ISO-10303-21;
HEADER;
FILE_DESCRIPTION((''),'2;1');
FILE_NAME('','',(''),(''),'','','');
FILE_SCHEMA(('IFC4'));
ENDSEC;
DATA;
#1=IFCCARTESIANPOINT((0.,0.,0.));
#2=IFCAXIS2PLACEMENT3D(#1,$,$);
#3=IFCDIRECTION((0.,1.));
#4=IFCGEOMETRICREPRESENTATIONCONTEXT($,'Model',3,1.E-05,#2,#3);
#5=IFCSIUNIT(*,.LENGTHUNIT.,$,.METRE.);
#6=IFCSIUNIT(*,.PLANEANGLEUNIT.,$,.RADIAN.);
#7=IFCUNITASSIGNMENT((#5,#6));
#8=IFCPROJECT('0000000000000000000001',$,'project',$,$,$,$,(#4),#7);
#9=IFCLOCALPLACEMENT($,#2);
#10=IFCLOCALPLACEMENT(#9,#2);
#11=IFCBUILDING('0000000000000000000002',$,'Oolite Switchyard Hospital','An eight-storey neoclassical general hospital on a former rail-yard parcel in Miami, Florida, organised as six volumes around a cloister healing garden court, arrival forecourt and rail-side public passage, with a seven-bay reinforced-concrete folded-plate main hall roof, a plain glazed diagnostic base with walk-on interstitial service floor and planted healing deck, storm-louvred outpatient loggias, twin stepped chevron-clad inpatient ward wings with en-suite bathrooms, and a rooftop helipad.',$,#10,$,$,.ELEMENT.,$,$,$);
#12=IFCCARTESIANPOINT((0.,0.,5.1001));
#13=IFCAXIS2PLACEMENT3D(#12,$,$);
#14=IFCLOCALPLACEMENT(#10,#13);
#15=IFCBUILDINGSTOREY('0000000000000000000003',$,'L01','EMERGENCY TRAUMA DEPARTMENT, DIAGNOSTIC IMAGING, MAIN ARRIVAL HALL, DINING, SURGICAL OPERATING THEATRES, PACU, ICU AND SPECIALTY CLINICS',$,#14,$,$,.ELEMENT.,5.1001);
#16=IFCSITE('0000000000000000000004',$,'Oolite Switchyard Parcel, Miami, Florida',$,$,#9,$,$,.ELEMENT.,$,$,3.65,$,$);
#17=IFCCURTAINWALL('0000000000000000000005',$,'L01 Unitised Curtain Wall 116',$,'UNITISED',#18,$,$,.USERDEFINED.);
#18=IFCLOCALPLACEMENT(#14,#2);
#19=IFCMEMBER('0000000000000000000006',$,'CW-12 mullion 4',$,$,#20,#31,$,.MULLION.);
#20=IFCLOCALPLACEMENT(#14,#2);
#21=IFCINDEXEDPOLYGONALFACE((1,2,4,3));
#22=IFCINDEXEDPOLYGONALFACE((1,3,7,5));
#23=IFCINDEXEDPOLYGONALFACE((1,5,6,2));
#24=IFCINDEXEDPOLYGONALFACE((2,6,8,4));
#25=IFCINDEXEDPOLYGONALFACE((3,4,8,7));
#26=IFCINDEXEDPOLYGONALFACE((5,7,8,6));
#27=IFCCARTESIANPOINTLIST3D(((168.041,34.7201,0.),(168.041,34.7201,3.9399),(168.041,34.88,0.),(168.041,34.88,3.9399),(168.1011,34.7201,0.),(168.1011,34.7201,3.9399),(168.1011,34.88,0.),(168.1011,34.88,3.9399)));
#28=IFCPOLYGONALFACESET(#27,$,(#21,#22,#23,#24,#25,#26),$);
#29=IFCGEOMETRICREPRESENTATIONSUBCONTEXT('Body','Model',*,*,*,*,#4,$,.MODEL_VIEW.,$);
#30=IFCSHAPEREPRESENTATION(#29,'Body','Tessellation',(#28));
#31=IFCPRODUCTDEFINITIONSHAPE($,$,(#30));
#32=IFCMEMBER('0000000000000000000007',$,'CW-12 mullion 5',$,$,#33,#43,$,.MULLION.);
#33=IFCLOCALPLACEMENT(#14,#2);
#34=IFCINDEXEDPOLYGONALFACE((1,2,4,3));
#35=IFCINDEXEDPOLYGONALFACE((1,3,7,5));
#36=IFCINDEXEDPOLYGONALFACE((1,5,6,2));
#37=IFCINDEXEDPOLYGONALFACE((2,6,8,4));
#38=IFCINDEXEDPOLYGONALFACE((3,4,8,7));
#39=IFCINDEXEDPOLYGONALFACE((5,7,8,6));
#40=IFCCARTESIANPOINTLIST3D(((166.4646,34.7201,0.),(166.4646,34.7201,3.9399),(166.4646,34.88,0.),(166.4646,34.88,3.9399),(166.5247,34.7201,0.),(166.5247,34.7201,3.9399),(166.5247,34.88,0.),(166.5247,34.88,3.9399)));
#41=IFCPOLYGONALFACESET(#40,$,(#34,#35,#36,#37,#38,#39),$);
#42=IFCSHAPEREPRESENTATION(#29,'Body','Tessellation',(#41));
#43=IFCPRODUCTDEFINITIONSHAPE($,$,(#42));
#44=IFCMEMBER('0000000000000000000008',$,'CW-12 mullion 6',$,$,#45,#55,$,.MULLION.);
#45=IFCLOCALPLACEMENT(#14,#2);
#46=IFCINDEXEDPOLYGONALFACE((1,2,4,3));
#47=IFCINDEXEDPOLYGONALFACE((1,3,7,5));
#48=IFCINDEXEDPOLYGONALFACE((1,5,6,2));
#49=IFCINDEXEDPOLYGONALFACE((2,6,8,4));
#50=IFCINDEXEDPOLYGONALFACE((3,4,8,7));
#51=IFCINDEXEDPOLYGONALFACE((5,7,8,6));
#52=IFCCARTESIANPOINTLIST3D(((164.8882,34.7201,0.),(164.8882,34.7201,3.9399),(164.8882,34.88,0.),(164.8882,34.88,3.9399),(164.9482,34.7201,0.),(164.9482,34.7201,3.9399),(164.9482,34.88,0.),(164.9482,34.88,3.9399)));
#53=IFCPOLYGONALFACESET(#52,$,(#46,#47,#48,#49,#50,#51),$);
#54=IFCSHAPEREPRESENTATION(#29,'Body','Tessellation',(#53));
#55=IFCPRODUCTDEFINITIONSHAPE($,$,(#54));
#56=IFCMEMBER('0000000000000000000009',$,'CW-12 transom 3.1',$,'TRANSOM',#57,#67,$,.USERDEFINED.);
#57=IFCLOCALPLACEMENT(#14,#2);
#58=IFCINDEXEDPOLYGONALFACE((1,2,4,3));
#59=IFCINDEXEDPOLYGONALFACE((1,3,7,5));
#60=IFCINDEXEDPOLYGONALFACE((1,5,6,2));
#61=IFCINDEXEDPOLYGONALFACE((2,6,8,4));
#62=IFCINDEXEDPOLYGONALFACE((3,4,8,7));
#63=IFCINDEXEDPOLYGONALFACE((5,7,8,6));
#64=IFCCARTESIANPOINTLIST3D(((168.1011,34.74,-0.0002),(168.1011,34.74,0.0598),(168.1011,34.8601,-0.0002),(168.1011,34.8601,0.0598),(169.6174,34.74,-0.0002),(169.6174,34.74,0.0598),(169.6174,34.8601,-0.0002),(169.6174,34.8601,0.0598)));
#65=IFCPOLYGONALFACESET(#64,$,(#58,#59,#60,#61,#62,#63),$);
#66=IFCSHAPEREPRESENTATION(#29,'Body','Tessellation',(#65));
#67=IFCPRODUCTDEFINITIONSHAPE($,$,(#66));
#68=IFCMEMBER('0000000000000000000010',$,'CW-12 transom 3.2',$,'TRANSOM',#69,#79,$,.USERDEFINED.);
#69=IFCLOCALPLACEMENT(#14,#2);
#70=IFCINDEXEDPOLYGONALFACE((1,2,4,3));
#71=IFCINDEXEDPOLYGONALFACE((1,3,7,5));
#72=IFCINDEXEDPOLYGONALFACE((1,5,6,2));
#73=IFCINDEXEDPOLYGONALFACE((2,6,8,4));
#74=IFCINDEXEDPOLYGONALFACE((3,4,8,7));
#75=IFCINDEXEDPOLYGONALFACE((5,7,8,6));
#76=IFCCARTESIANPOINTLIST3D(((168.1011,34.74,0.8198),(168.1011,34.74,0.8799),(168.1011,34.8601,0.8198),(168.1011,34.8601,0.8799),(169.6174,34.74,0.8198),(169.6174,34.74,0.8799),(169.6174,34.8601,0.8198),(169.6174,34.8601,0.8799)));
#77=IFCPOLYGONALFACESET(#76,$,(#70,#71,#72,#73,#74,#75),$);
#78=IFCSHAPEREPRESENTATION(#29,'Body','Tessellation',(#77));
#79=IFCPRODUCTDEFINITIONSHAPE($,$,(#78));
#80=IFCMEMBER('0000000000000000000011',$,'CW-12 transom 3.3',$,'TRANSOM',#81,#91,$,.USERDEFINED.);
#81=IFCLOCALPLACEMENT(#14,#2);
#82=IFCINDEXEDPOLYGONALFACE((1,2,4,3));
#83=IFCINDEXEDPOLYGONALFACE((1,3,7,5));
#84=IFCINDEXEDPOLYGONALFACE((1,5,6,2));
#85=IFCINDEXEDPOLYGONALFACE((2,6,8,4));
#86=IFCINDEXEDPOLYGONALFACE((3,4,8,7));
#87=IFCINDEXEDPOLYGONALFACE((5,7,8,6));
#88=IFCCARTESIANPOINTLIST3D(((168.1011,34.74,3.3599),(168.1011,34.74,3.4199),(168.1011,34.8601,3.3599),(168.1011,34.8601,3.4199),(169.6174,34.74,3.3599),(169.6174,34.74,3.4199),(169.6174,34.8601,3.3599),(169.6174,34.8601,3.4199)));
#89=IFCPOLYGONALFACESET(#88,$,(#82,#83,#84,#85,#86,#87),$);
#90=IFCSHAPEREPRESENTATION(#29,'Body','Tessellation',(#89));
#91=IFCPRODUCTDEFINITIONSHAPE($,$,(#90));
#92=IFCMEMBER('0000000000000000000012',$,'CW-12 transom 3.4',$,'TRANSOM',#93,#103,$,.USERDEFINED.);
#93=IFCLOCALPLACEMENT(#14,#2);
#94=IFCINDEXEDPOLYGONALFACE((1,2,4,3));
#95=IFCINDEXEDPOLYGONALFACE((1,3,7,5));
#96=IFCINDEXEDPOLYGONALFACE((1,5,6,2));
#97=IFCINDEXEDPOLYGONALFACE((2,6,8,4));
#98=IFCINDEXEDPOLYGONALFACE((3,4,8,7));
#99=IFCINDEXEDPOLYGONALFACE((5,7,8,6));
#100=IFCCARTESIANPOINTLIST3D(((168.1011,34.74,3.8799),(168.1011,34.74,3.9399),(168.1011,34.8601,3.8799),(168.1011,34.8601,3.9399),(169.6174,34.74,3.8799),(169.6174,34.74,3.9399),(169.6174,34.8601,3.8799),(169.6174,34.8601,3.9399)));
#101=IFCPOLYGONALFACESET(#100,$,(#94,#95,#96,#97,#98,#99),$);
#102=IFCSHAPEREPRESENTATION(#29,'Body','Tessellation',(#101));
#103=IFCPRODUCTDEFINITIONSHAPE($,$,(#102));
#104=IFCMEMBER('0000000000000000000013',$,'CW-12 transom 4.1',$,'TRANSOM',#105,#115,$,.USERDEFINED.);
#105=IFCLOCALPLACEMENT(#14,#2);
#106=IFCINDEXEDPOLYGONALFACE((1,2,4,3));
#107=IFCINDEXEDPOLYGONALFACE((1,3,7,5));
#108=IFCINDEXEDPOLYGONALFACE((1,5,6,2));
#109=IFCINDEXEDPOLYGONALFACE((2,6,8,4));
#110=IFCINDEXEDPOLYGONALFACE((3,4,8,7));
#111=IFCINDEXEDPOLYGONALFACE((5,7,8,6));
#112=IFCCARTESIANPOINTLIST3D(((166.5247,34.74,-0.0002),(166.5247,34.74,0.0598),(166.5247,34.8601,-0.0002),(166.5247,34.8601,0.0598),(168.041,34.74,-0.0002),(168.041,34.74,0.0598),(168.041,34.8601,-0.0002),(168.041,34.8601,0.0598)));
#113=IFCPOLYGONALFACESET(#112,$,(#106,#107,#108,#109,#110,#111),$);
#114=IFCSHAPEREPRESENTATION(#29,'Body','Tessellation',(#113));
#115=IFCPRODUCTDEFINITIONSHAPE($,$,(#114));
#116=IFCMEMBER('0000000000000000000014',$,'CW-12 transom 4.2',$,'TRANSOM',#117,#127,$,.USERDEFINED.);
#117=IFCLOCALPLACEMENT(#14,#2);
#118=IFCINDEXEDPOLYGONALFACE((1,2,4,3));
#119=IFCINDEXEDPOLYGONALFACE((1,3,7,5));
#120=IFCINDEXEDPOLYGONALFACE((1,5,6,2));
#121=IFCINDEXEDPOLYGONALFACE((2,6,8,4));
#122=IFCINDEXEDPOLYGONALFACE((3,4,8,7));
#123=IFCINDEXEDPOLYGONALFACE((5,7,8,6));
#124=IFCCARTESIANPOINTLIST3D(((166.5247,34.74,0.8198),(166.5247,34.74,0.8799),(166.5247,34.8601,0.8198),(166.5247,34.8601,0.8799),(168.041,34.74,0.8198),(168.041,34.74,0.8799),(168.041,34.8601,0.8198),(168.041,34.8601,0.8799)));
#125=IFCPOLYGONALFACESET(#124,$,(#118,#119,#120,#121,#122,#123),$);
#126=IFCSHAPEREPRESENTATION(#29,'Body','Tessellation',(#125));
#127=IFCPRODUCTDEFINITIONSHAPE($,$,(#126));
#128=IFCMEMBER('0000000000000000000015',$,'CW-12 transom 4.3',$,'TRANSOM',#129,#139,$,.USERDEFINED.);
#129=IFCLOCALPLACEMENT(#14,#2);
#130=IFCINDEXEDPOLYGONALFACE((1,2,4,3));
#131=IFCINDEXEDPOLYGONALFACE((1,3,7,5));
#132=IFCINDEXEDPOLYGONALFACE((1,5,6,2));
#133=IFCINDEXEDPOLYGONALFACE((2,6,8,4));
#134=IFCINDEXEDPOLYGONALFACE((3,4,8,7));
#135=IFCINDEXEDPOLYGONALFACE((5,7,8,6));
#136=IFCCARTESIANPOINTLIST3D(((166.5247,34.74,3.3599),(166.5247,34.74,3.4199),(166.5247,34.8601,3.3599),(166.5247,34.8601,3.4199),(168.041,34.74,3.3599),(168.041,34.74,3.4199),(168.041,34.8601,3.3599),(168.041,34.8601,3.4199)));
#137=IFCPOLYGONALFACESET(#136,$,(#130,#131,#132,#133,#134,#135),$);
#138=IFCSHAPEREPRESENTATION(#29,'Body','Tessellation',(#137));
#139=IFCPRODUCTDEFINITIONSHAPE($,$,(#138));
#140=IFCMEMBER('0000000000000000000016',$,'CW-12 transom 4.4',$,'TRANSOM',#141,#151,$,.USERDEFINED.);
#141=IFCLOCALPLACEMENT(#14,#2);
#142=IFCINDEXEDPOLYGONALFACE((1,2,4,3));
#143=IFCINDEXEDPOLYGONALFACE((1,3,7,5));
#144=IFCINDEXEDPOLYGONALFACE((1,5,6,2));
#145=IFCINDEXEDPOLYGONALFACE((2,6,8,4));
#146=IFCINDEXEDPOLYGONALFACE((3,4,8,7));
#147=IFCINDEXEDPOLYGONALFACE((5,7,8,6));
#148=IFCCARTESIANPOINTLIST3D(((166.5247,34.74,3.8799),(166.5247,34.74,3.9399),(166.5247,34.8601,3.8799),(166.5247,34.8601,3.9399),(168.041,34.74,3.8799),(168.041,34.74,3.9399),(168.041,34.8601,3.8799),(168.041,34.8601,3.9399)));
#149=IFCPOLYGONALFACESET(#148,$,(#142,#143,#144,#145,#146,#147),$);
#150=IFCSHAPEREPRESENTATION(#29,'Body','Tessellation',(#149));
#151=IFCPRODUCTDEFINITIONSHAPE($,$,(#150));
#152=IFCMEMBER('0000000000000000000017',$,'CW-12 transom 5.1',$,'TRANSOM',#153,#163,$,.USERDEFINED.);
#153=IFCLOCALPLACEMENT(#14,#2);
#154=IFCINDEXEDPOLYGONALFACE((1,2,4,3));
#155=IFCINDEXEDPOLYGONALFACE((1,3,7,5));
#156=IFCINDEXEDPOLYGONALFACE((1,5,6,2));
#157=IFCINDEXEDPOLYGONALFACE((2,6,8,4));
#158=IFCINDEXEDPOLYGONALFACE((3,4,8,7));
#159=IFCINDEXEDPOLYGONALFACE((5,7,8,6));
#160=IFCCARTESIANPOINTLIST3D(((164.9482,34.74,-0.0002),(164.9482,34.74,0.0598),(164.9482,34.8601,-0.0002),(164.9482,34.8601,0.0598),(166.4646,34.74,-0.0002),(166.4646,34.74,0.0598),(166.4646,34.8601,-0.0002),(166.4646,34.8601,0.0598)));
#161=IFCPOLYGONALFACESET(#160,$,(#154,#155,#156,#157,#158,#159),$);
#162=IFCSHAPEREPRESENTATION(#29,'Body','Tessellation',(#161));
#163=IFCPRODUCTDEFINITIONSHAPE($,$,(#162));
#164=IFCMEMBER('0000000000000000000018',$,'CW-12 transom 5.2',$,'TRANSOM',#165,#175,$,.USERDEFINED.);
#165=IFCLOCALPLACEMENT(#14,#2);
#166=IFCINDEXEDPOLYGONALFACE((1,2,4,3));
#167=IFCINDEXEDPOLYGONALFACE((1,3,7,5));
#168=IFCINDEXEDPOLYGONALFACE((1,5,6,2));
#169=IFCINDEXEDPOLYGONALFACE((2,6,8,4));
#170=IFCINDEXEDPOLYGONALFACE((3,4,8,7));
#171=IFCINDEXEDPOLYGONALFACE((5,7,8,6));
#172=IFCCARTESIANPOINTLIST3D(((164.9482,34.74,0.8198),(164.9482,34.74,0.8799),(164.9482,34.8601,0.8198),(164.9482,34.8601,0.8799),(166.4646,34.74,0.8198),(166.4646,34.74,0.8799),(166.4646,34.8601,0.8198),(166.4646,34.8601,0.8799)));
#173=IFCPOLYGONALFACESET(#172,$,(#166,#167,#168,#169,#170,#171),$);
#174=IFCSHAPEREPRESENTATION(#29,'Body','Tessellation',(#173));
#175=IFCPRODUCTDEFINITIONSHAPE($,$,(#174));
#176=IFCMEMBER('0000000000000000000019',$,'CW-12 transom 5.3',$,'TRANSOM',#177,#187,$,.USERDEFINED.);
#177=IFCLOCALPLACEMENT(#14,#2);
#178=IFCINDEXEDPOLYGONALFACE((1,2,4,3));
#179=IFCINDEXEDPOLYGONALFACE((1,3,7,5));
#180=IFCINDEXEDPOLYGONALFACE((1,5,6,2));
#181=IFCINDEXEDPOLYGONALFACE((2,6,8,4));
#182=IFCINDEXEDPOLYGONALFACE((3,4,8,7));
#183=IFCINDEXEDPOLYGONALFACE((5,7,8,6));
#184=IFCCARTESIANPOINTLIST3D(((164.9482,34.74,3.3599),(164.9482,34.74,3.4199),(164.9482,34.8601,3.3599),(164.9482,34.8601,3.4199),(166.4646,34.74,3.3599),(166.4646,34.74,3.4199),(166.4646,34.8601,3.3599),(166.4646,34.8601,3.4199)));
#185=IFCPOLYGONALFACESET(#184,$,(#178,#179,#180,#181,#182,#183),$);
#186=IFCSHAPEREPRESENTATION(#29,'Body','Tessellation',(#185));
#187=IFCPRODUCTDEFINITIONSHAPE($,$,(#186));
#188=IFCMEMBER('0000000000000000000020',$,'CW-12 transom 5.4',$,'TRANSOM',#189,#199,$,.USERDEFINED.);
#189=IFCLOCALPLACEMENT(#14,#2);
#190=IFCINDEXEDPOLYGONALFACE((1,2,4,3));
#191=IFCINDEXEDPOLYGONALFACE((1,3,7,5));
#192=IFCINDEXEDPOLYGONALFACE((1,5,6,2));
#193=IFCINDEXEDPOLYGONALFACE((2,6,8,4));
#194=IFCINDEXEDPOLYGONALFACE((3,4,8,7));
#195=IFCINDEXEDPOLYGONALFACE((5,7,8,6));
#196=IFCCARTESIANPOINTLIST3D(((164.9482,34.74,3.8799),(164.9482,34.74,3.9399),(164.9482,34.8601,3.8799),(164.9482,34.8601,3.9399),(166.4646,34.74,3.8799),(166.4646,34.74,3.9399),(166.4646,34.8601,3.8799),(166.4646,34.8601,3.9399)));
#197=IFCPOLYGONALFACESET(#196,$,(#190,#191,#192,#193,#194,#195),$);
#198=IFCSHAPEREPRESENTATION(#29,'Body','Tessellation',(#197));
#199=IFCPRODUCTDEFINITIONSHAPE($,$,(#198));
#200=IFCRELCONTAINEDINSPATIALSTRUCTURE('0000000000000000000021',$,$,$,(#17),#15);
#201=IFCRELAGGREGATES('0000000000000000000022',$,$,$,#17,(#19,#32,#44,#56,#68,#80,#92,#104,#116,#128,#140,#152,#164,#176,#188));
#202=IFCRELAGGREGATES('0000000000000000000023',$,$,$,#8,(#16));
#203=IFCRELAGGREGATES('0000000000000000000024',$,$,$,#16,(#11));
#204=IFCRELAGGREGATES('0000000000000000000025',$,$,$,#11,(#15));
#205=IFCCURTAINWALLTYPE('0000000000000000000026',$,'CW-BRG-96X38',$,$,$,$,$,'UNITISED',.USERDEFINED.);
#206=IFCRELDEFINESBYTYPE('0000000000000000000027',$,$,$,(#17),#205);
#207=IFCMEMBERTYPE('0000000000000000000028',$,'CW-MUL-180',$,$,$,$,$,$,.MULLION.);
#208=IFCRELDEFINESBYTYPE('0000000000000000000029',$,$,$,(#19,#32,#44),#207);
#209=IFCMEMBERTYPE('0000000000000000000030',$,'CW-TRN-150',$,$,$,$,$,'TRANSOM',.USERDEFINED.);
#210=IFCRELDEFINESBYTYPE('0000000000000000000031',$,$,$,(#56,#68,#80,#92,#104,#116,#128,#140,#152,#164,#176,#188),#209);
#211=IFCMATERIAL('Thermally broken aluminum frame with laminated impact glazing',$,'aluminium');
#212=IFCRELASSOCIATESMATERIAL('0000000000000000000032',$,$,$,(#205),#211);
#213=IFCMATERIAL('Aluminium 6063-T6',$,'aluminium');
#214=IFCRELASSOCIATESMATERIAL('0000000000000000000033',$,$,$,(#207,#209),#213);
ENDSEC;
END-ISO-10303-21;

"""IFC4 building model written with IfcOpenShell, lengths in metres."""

from ifc_helpers import new_model, si_unit, direction, frame, origin, origin_2d, place, context, subcontext, project, spatial, rectangle, extrude, material, material_profile, profile_set, type_object, element, aggregate, save


model = new_model("IFC4")

# Units and contexts
model_context = context("Model", 3, precision=1e-05, world=origin(), true_north=direction((0.0, 1.0)))
body_context = subcontext(model_context, "Body", "Model", "MODEL_VIEW")
ifc_project = project(units=[si_unit("LENGTHUNIT", "METRE"), si_unit("PLANEANGLEUNIT", "RADIAN")], contexts=[model_context])

# Site, building, storey
site_placement = place(None, origin())
site = spatial("IfcSite", under=ifc_project, at=site_placement, Name="Oolite Switchyard Parcel, Miami, Florida", CompositionType="ELEMENT", RefElevation=3.65)
building_placement = place(site_placement, origin())
building = spatial("IfcBuilding", under=site, at=building_placement, Name="Oolite Switchyard Hospital", Description="An eight-storey neoclassical general hospital on a former rail-yard parcel in Miami, Florida, organised as six volumes around a cloister healing garden court, arrival forecourt and rail-side public passage, with a seven-bay reinforced-concrete folded-plate main hall roof, a plain glazed diagnostic base with walk-on interstitial service floor and planted healing deck, storm-louvred outpatient loggias, twin stepped chevron-clad inpatient ward wings with en-suite bathrooms, and a rooftop helipad.", CompositionType="ELEMENT")
storey_placement = place(building_placement, frame((0.0, 0.0, 5.1001)))
storey = spatial("IfcBuildingStorey", under=building, at=storey_placement, Name="L01", Description="EMERGENCY TRAUMA DEPARTMENT, DIAGNOSTIC IMAGING, MAIN ARRIVAL HALL, DINING, SURGICAL OPERATING THEATRES, PACU, ICU AND SPECIALTY CLINICS", CompositionType="ELEMENT", Elevation=5.1001)

# Curtain wall, members
ifc_material_1 = material(Name="Thermally broken aluminum frame with laminated impact glazing", Category="aluminium")
curtain_wall_type = type_object("IfcCurtainWallType", Name="CW-BRG-96X38", ElementType="UNITISED", PredefinedType="USERDEFINED", material=ifc_material_1)
curtain_wall_placement = place(storey_placement, origin())
curtain_wall = element("IfcCurtainWall", 1, at=curtain_wall_placement, inside=storey, type_object=curtain_wall_type, Name="L01 Unitised Curtain Wall 116", ObjectType="UNITISED", PredefinedType="USERDEFINED")
ifc_material_2 = material(Name="Aluminium 6063-T6", Category="aluminium")
ifc_material_profile_1 = material_profile(ifc_material_2, rectangle(XDim=0.1599, YDim=0.0601, at=origin_2d()), Name="CWM60X160")
ifc_profile_set_1 = profile_set([ifc_material_profile_1], Name="Aluminium 6063-T6")
member_type_1 = type_object("IfcMemberType", Name="CW-MUL-180", PredefinedType="MULLION", material=ifc_profile_set_1)
member_1_placement = place(storey_placement, frame((168.071, 34.8, 0.0), z_axis=(0.0, 0.0, 1.0), x_axis=(0.0, -1.0, 0.0)))
member_1 = element("IfcMember", 2, at=member_1_placement, type_object=member_type_1, Name="CW-12 mullion 4", PredefinedType="MULLION", context=body_context, shape_type="SweptSolid", body=[
    extrude(rectangle(XDim=0.1599, YDim=0.0601, at=origin_2d()), origin(), (0.0, 0.0, 1.0), 3.9399),
])
member_2_placement = place(storey_placement, frame((166.4946, 34.8, 0.0), z_axis=(0.0, 0.0, 1.0), x_axis=(0.0, -1.0, 0.0)))
member_2 = element("IfcMember", 3, at=member_2_placement, type_object=member_type_1, Name="CW-12 mullion 5", PredefinedType="MULLION", context=body_context, shape_type="SweptSolid", body=[
    extrude(rectangle(XDim=0.1599, YDim=0.0601, at=origin_2d()), origin(), (0.0, 0.0, 1.0), 3.9399),
])
member_3_placement = place(storey_placement, frame((164.9182, 34.8, 0.0), z_axis=(0.0, 0.0, 1.0), x_axis=(0.0, -1.0, 0.0)))
member_3 = element("IfcMember", 4, at=member_3_placement, type_object=member_type_1, Name="CW-12 mullion 6", PredefinedType="MULLION", context=body_context, shape_type="SweptSolid", body=[
    extrude(rectangle(XDim=0.1599, YDim=0.0601, at=origin_2d()), origin(), (0.0, 0.0, 1.0), 3.9399),
])
ifc_material_profile_2 = material_profile(ifc_material_2, rectangle(XDim=0.1201, YDim=0.0601, at=origin_2d()), Name="CWT60X120")
ifc_profile_set_2 = profile_set([ifc_material_profile_2], Name="Aluminium 6063-T6")
member_type_2 = type_object("IfcMemberType", Name="CW-TRN-150", ElementType="TRANSOM", PredefinedType="USERDEFINED", material=ifc_profile_set_2)
member_4_placement = place(storey_placement, frame((169.6174, 34.8, 0.0298), z_axis=(-1.0, 0.0, 0.0), x_axis=(0.0, -1.0, 0.0)))
member_4 = element("IfcMember", 5, at=member_4_placement, type_object=member_type_2, Name="CW-12 transom 3.1", ObjectType="TRANSOM", PredefinedType="USERDEFINED", context=body_context, shape_type="SweptSolid", body=[
    extrude(rectangle(XDim=0.1201, YDim=0.0601, at=origin_2d()), origin(), (0.0, 0.0, 1.0), 1.5164),
])
member_5_placement = place(storey_placement, frame((169.6174, 34.8, 0.8499), z_axis=(-1.0, 0.0, 0.0), x_axis=(0.0, -1.0, 0.0)))
member_5 = element("IfcMember", 6, at=member_5_placement, type_object=member_type_2, Name="CW-12 transom 3.2", ObjectType="TRANSOM", PredefinedType="USERDEFINED", context=body_context, shape_type="SweptSolid", body=[
    extrude(rectangle(XDim=0.1201, YDim=0.0601, at=origin_2d()), origin(), (0.0, 0.0, 1.0), 1.5164),
])
member_6_placement = place(storey_placement, frame((169.6174, 34.8, 3.3899), z_axis=(-1.0, 0.0, 0.0), x_axis=(0.0, -1.0, 0.0)))
member_6 = element("IfcMember", 7, at=member_6_placement, type_object=member_type_2, Name="CW-12 transom 3.3", ObjectType="TRANSOM", PredefinedType="USERDEFINED", context=body_context, shape_type="SweptSolid", body=[
    extrude(rectangle(XDim=0.1201, YDim=0.0601, at=origin_2d()), origin(), (0.0, 0.0, 1.0), 1.5164),
])
member_7_placement = place(storey_placement, frame((169.6174, 34.8, 3.9099), z_axis=(-1.0, 0.0, 0.0), x_axis=(0.0, -1.0, 0.0)))
member_7 = element("IfcMember", 8, at=member_7_placement, type_object=member_type_2, Name="CW-12 transom 3.4", ObjectType="TRANSOM", PredefinedType="USERDEFINED", context=body_context, shape_type="SweptSolid", body=[
    extrude(rectangle(XDim=0.1201, YDim=0.0601, at=origin_2d()), origin(), (0.0, 0.0, 1.0), 1.5164),
])
member_8_placement = place(storey_placement, frame((168.041, 34.8, 0.0298), z_axis=(-1.0, 0.0, 0.0), x_axis=(0.0, -1.0, 0.0)))
member_8 = element("IfcMember", 9, at=member_8_placement, type_object=member_type_2, Name="CW-12 transom 4.1", ObjectType="TRANSOM", PredefinedType="USERDEFINED", context=body_context, shape_type="SweptSolid", body=[
    extrude(rectangle(XDim=0.1201, YDim=0.0601, at=origin_2d()), origin(), (0.0, 0.0, 1.0), 1.5164),
])
member_9_placement = place(storey_placement, frame((168.041, 34.8, 0.8499), z_axis=(-1.0, 0.0, 0.0), x_axis=(0.0, -1.0, 0.0)))
member_9 = element("IfcMember", 10, at=member_9_placement, type_object=member_type_2, Name="CW-12 transom 4.2", ObjectType="TRANSOM", PredefinedType="USERDEFINED", context=body_context, shape_type="SweptSolid", body=[
    extrude(rectangle(XDim=0.1201, YDim=0.0601, at=origin_2d()), origin(), (0.0, 0.0, 1.0), 1.5164),
])
member_10_placement = place(storey_placement, frame((168.041, 34.8, 3.3899), z_axis=(-1.0, 0.0, 0.0), x_axis=(0.0, -1.0, 0.0)))
member_10 = element("IfcMember", 11, at=member_10_placement, type_object=member_type_2, Name="CW-12 transom 4.3", ObjectType="TRANSOM", PredefinedType="USERDEFINED", context=body_context, shape_type="SweptSolid", body=[
    extrude(rectangle(XDim=0.1201, YDim=0.0601, at=origin_2d()), origin(), (0.0, 0.0, 1.0), 1.5164),
])
member_11_placement = place(storey_placement, frame((168.041, 34.8, 3.9099), z_axis=(-1.0, 0.0, 0.0), x_axis=(0.0, -1.0, 0.0)))
member_11 = element("IfcMember", 12, at=member_11_placement, type_object=member_type_2, Name="CW-12 transom 4.4", ObjectType="TRANSOM", PredefinedType="USERDEFINED", context=body_context, shape_type="SweptSolid", body=[
    extrude(rectangle(XDim=0.1201, YDim=0.0601, at=origin_2d()), origin(), (0.0, 0.0, 1.0), 1.5164),
])
member_12_placement = place(storey_placement, frame((166.4646, 34.8, 0.0298), z_axis=(-1.0, 0.0, 0.0), x_axis=(0.0, -1.0, 0.0)))
member_12 = element("IfcMember", 13, at=member_12_placement, type_object=member_type_2, Name="CW-12 transom 5.1", ObjectType="TRANSOM", PredefinedType="USERDEFINED", context=body_context, shape_type="SweptSolid", body=[
    extrude(rectangle(XDim=0.1201, YDim=0.0601, at=origin_2d()), origin(), (0.0, 0.0, 1.0), 1.5164),
])
member_13_placement = place(storey_placement, frame((166.4646, 34.8, 0.8499), z_axis=(-1.0, 0.0, 0.0), x_axis=(0.0, -1.0, 0.0)))
member_13 = element("IfcMember", 14, at=member_13_placement, type_object=member_type_2, Name="CW-12 transom 5.2", ObjectType="TRANSOM", PredefinedType="USERDEFINED", context=body_context, shape_type="SweptSolid", body=[
    extrude(rectangle(XDim=0.1201, YDim=0.0601, at=origin_2d()), origin(), (0.0, 0.0, 1.0), 1.5164),
])
member_14_placement = place(storey_placement, frame((166.4646, 34.8, 3.3899), z_axis=(-1.0, 0.0, 0.0), x_axis=(0.0, -1.0, 0.0)))
member_14 = element("IfcMember", 15, at=member_14_placement, type_object=member_type_2, Name="CW-12 transom 5.3", ObjectType="TRANSOM", PredefinedType="USERDEFINED", context=body_context, shape_type="SweptSolid", body=[
    extrude(rectangle(XDim=0.1201, YDim=0.0601, at=origin_2d()), origin(), (0.0, 0.0, 1.0), 1.5164),
])
member_15_placement = place(storey_placement, frame((166.4646, 34.8, 3.9099), z_axis=(-1.0, 0.0, 0.0), x_axis=(0.0, -1.0, 0.0)))
member_15 = element("IfcMember", 16, at=member_15_placement, type_object=member_type_2, Name="CW-12 transom 5.4", ObjectType="TRANSOM", PredefinedType="USERDEFINED", context=body_context, shape_type="SweptSolid", body=[
    extrude(rectangle(XDim=0.1201, YDim=0.0601, at=origin_2d()), origin(), (0.0, 0.0, 1.0), 1.5164),
])
aggregate(curtain_wall, [member_1, member_2, member_3, member_4, member_5, member_6, member_7, member_8, member_9, member_10, member_11, member_12, member_13, member_14, member_15])

save(model, "model.ifc")
